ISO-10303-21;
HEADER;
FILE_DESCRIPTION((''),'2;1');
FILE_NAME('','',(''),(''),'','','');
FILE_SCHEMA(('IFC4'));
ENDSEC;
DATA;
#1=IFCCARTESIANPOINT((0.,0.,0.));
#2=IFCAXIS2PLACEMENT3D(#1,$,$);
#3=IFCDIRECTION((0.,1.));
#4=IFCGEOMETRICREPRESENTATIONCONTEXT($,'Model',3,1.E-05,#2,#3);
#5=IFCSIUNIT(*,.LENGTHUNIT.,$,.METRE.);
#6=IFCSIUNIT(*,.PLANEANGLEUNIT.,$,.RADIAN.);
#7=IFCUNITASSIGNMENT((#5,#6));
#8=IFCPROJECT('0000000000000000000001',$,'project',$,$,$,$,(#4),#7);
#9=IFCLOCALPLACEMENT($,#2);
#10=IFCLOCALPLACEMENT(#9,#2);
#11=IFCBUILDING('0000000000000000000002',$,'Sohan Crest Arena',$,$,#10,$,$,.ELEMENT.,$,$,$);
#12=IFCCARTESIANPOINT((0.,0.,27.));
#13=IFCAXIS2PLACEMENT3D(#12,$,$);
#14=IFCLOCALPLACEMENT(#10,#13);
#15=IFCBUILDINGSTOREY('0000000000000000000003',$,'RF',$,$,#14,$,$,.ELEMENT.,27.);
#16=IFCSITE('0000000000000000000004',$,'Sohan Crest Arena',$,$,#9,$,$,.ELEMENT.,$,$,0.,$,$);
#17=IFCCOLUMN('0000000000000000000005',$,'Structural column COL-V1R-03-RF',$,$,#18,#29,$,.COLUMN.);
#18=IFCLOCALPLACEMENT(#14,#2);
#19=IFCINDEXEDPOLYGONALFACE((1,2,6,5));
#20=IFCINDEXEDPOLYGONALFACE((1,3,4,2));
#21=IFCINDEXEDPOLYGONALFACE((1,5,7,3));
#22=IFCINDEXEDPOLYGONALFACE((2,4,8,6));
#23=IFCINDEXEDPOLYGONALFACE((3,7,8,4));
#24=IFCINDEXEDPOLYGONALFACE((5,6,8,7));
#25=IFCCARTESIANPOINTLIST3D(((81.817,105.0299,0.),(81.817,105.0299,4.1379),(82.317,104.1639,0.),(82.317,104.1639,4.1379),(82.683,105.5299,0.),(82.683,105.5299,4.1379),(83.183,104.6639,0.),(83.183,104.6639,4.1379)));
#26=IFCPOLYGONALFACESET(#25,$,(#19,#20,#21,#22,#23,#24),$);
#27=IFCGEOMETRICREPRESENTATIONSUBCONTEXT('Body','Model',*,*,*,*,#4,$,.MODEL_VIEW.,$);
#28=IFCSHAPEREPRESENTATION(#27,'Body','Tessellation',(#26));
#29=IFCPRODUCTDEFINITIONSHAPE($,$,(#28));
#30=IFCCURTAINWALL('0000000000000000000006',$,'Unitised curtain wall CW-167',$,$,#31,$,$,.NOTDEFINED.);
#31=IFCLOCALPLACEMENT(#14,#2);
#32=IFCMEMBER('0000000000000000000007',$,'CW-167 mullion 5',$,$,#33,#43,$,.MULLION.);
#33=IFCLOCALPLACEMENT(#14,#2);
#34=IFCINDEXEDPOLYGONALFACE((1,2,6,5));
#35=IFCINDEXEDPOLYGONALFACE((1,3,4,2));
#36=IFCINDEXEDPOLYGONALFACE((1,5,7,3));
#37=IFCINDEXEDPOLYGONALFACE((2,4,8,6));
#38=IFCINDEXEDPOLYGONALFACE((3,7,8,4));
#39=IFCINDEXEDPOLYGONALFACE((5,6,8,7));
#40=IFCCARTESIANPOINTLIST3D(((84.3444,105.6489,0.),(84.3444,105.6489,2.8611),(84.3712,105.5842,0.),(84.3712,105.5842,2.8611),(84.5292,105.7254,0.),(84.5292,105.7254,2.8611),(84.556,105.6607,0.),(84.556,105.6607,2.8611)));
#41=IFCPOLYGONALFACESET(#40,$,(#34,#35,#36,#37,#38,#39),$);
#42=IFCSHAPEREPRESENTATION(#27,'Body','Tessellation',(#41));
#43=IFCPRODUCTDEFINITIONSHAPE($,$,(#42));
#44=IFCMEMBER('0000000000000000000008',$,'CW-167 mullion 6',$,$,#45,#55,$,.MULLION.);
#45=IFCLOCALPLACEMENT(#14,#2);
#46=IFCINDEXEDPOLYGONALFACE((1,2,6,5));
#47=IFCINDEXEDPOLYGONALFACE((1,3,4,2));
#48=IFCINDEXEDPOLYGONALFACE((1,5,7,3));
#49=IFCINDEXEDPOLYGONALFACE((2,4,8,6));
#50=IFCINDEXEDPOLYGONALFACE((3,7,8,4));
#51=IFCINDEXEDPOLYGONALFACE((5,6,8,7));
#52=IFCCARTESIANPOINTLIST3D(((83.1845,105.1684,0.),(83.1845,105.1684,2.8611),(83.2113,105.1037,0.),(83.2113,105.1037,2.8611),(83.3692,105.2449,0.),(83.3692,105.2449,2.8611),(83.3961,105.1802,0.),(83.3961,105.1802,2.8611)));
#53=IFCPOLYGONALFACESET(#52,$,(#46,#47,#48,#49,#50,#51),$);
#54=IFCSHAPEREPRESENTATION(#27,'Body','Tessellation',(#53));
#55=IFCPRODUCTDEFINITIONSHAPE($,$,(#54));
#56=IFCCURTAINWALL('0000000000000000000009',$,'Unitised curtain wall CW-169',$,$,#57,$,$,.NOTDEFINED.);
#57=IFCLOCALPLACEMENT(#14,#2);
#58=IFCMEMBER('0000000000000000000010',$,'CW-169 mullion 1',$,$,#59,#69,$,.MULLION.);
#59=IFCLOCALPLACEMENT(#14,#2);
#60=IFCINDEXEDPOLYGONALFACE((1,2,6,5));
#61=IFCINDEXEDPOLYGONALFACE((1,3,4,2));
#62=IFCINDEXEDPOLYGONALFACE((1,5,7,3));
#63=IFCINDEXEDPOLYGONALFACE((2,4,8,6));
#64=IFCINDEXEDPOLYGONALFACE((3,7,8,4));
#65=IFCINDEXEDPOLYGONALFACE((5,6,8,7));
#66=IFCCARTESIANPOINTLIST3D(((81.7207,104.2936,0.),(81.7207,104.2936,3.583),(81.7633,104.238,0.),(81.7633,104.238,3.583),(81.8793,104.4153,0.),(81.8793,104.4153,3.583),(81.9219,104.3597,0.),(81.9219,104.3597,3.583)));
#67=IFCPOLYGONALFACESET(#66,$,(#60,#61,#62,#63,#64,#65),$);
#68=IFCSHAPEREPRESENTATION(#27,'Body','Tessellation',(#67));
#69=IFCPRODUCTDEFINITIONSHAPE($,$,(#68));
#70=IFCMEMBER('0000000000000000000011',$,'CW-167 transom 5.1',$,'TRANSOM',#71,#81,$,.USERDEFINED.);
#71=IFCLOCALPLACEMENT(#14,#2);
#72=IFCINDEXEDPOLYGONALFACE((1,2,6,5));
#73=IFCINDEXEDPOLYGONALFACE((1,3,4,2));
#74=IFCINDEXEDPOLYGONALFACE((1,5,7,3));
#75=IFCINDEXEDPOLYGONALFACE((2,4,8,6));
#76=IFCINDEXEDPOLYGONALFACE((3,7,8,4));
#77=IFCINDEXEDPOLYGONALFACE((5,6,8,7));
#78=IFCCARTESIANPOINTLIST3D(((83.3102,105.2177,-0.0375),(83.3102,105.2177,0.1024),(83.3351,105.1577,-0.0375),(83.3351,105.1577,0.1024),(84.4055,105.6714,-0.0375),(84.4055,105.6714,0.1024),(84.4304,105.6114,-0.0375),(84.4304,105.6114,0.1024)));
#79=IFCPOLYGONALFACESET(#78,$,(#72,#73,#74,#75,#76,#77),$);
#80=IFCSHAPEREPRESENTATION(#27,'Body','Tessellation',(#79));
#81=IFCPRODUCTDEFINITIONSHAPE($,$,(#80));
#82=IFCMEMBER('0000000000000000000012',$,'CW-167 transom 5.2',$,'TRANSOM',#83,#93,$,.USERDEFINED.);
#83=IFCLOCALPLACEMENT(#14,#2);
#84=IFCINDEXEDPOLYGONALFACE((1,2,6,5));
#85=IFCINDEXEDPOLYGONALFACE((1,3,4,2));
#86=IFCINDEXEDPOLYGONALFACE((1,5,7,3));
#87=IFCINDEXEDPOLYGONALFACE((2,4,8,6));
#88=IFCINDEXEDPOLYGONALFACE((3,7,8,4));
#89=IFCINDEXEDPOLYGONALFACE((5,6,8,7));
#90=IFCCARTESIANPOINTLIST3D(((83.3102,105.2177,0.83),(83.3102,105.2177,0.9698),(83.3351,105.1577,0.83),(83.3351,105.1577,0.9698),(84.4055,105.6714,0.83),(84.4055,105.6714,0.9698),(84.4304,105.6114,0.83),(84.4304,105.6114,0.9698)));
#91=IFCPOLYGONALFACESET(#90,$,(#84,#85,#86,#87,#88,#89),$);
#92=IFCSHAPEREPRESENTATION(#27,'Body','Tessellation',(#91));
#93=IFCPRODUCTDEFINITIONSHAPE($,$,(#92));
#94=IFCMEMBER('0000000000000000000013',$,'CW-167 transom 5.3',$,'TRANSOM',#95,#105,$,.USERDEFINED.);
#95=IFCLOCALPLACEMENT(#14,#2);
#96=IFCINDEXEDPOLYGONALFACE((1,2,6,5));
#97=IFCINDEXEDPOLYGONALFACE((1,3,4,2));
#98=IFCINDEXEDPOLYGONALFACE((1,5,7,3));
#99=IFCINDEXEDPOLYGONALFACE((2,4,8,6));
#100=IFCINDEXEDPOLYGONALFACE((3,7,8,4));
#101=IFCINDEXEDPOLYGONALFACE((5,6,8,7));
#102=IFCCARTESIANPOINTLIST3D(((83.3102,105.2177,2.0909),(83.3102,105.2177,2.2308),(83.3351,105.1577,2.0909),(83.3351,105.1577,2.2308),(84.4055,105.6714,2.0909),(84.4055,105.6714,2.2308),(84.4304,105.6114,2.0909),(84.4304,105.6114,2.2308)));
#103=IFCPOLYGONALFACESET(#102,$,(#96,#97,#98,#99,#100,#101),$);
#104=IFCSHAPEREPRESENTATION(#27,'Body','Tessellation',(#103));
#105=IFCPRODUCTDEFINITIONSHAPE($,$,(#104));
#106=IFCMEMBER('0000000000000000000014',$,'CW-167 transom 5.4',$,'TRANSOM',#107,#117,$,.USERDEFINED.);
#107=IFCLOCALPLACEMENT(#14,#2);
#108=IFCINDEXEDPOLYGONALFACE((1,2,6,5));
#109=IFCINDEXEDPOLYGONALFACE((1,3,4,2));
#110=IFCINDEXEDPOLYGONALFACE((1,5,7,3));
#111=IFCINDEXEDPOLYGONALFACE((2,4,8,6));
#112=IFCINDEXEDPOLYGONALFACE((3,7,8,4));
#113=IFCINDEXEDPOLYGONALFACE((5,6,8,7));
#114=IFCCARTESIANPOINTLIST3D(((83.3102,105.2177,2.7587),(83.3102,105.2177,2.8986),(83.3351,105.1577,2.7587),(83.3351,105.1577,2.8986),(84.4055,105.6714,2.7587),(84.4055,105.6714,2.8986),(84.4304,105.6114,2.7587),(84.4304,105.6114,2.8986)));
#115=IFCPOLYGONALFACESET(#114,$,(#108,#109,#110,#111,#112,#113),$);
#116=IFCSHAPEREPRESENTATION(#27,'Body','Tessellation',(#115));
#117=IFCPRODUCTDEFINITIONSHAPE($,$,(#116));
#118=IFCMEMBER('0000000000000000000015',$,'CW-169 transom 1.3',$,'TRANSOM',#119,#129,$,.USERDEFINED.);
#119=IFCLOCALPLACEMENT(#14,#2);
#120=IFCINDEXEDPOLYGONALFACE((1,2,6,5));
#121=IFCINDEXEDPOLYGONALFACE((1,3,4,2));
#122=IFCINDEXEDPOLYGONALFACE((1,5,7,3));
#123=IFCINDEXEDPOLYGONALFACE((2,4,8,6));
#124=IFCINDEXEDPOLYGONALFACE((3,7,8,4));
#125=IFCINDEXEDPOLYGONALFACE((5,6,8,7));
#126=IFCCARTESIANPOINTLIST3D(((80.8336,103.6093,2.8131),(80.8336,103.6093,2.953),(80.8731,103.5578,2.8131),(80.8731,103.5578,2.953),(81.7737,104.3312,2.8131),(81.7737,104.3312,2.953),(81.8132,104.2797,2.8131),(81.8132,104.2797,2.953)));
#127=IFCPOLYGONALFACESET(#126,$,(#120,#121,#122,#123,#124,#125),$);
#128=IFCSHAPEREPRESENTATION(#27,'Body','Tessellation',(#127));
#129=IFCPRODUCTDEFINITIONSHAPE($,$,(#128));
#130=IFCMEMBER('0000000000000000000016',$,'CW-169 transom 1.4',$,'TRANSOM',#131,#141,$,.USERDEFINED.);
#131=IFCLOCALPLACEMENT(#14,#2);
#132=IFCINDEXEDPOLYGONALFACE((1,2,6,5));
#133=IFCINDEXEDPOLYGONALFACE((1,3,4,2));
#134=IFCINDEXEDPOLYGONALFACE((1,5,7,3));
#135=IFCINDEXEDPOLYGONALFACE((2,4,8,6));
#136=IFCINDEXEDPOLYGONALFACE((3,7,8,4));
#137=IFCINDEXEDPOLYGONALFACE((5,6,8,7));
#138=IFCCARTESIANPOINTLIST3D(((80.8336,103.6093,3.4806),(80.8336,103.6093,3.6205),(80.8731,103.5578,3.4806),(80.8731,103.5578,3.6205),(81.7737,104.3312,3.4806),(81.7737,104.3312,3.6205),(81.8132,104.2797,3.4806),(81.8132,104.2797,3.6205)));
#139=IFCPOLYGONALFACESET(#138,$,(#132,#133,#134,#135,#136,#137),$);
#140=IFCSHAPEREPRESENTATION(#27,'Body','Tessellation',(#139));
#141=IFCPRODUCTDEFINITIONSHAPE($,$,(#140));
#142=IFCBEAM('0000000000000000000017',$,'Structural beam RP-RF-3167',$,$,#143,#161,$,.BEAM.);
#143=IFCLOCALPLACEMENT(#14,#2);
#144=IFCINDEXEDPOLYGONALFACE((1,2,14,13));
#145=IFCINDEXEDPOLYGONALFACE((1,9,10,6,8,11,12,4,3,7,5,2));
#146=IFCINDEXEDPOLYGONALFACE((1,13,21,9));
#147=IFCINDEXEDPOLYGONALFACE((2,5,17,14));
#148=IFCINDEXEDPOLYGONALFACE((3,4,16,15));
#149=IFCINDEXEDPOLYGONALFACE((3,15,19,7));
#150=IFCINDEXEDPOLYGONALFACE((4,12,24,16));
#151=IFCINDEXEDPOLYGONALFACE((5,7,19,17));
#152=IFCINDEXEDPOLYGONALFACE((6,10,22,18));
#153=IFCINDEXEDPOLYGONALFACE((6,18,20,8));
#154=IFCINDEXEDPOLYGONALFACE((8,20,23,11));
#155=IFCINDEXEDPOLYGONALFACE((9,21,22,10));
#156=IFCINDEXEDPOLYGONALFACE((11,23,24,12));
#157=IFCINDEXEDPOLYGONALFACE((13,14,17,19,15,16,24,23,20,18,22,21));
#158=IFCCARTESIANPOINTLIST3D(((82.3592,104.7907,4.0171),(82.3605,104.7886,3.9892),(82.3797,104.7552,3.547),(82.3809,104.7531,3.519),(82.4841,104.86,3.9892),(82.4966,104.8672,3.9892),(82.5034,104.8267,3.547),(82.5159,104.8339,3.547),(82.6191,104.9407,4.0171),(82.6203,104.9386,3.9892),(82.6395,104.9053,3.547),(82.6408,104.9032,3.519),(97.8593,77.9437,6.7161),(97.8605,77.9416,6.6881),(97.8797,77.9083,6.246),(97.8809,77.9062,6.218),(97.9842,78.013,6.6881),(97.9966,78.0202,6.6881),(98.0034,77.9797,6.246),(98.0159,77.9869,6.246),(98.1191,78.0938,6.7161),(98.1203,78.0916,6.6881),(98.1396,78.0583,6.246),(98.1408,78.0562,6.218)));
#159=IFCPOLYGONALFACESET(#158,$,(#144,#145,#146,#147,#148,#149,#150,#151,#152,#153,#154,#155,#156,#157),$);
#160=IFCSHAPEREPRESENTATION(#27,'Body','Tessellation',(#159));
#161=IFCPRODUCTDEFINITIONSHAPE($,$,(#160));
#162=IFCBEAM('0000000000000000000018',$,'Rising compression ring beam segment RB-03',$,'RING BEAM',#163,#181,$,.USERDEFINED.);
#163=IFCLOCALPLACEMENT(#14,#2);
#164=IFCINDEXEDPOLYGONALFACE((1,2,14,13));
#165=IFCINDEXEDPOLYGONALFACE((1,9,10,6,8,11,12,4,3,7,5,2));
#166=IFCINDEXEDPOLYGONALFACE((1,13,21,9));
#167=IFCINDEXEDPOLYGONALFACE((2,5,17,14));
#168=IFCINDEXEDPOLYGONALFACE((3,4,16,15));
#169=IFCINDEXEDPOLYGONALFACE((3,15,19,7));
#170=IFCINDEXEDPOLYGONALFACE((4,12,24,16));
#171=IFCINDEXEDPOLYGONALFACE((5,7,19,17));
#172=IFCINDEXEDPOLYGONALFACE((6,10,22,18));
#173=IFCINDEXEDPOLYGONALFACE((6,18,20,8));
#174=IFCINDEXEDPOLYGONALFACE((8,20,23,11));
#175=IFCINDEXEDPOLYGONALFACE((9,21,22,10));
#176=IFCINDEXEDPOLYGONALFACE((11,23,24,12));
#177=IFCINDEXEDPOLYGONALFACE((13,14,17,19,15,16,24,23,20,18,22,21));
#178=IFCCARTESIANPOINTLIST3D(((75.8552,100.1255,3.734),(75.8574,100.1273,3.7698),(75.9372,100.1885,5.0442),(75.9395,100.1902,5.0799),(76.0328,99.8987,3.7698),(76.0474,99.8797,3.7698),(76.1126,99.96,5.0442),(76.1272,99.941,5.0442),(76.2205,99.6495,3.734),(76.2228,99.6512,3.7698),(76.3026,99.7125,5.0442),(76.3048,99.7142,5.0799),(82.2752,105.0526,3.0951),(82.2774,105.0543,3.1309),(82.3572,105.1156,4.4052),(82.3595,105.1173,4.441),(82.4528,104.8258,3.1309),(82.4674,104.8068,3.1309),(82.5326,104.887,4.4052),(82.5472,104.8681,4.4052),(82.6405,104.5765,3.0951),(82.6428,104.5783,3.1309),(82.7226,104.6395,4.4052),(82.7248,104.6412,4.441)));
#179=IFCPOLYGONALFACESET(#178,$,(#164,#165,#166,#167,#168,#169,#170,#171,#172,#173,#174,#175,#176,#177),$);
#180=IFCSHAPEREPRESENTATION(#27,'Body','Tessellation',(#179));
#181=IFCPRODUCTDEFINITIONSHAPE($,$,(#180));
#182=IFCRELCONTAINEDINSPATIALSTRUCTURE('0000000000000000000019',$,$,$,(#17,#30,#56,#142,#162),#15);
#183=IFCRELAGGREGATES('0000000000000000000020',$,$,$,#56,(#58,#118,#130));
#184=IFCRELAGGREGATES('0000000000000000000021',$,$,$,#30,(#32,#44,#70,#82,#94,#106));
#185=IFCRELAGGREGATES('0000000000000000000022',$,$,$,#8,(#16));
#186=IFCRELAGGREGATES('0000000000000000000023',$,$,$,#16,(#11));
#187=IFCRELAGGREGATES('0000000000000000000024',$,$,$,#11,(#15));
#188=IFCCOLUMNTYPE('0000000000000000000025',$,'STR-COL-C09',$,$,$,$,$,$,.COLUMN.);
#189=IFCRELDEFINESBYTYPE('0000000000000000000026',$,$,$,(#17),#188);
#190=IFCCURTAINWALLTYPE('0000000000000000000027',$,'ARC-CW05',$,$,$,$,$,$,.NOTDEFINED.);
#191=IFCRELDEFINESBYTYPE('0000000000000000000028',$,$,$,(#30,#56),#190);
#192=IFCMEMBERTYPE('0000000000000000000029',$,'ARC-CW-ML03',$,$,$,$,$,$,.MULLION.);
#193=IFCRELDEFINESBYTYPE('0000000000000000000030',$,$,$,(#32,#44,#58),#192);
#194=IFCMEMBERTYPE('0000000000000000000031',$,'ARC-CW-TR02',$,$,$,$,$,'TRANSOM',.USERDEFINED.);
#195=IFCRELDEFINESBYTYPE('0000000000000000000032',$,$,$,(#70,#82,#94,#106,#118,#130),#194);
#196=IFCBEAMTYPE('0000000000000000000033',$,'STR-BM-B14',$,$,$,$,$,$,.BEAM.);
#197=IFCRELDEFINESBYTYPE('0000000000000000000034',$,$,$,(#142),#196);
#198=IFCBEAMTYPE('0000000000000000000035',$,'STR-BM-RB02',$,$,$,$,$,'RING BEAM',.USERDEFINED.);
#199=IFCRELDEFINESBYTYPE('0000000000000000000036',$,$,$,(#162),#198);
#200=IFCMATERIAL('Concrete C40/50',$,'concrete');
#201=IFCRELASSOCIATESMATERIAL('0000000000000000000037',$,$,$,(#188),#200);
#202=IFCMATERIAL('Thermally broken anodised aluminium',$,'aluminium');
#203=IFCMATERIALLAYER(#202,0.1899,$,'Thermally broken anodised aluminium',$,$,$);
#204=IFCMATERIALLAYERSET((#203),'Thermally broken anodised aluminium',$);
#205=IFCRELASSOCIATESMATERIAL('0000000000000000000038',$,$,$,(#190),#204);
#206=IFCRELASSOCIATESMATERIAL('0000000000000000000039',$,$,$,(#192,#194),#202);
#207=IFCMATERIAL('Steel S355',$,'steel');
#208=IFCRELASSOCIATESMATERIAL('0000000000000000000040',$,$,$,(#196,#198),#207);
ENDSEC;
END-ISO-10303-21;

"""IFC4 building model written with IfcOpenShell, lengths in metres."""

from ifc_helpers import new_model, si_unit, direction, frame, origin, origin_2d, place, context, subcontext, project, spatial, rectangle, i_section, extrude, material, layer, layer_set, material_profile, profile_set, type_object, element, aggregate, save


model = new_model("IFC4")

# Units and contexts
model_context = context("Model", 3, precision=1e-05, world=origin(), true_north=direction((0.0, 1.0)))
body_context = subcontext(model_context, "Body", "Model", "MODEL_VIEW")
ifc_project = project(units=[si_unit("LENGTHUNIT", "METRE"), si_unit("PLANEANGLEUNIT", "RADIAN")], contexts=[model_context])

# Site, building, storey
site_placement = place(None, origin())
site = spatial("IfcSite", under=ifc_project, at=site_placement, Name="Sohan Crest Arena", CompositionType="ELEMENT", RefElevation=0.0)
building_placement = place(site_placement, origin())
building = spatial("IfcBuilding", under=site, at=building_placement, Name="Sohan Crest Arena", CompositionType="ELEMENT")
storey_placement = place(building_placement, frame((0.0, 0.0, 27.0)))
storey = spatial("IfcBuildingStorey", under=building, at=storey_placement, Name="RF", CompositionType="ELEMENT", Elevation=27.0)

# Column
ifc_material_1 = material(Name="Concrete C40/50", Category="concrete")
ifc_material_profile_1 = material_profile(ifc_material_1, rectangle(XDim=1.0, YDim=1.0, at=origin_2d()), Name="RC 1000x1000")
ifc_profile_set_1 = profile_set([ifc_material_profile_1], Name="Concrete C40/50")
column_type = type_object("IfcColumnType", Name="STR-COL-C09", PredefinedType="COLUMN", material=ifc_profile_set_1)
column_placement = place(storey_placement, frame((82.5, 104.8469, 0.0), z_axis=(0.0, 0.0, 1.0), x_axis=(-0.5, 0.866025, 0.0)))
element("IfcColumn", 1, at=column_placement, inside=storey, type_object=column_type, Name="Structural column COL-V1R-03-RF", PredefinedType="COLUMN", context=body_context, shape_type="SweptSolid", body=[
    extrude(rectangle(XDim=1.0, YDim=1.0, at=origin_2d()), origin(), (0.0, 0.0, 1.0), 4.1379),
])

# Curtain wall, members
ifc_material_2 = material(Name="Thermally broken anodised aluminium", Category="aluminium")
ifc_layer_1 = layer(ifc_material_2, 0.1899, Name="Thermally broken anodised aluminium")
ifc_layer_set_1 = layer_set([ifc_layer_1], Name="Thermally broken anodised aluminium")
curtain_wall_type = type_object("IfcCurtainWallType", Name="ARC-CW05", PredefinedType="NOTDEFINED", material=ifc_layer_set_1)
curtain_wall_1_placement = place(storey_placement, origin())
curtain_wall_1 = element("IfcCurtainWall", 2, at=curtain_wall_1_placement, inside=storey, type_object=curtain_wall_type, Name="Unitised curtain wall CW-167", PredefinedType="NOTDEFINED")
ifc_material_profile_2 = material_profile(ifc_material_2, rectangle(XDim=0.0701, YDim=0.2, at=origin_2d()), Name="ALU-MULL 70x200")
ifc_profile_set_2 = profile_set([ifc_material_profile_2], Name="Thermally broken anodised aluminium")
member_type_1 = type_object("IfcMemberType", Name="ARC-CW-ML03", PredefinedType="MULLION", material=ifc_profile_set_2)
member_1_placement = place(storey_placement, frame((84.4502, 105.6548, 0.0), z_axis=(0.0, 0.0, 1.0), x_axis=(0.382667, -0.923886, 0.0)))
member_1 = element("IfcMember", 3, at=member_1_placement, type_object=member_type_1, Name="CW-167 mullion 5", PredefinedType="MULLION", context=body_context, shape_type="SweptSolid", body=[
    extrude(rectangle(XDim=0.0701, YDim=0.2, at=origin_2d()), origin(), (0.0, 0.0, 1.0), 2.8611),
])
member_2_placement = place(storey_placement, frame((83.2903, 105.1743, 0.0), z_axis=(0.0, 0.0, 1.0), x_axis=(0.382667, -0.923886, 0.0)))
member_2 = element("IfcMember", 4, at=member_2_placement, type_object=member_type_1, Name="CW-167 mullion 6", PredefinedType="MULLION", context=body_context, shape_type="SweptSolid", body=[
    extrude(rectangle(XDim=0.0701, YDim=0.2, at=origin_2d()), origin(), (0.0, 0.0, 1.0), 2.8611),
])

# Curtain wall, member
curtain_wall_2_placement = place(storey_placement, origin())
curtain_wall_2 = element("IfcCurtainWall", 5, at=curtain_wall_2_placement, inside=storey, type_object=curtain_wall_type, Name="Unitised curtain wall CW-169", PredefinedType="NOTDEFINED")
member_3_placement = place(storey_placement, frame((81.8213, 104.3267, 0.0), z_axis=(0.0, 0.0, 1.0), x_axis=(0.608939, -0.793217, 0.0)))
member_3 = element("IfcMember", 6, at=member_3_placement, type_object=member_type_1, Name="CW-169 mullion 1", PredefinedType="MULLION", context=body_context, shape_type="SweptSolid", body=[
    extrude(rectangle(XDim=0.0701, YDim=0.2, at=origin_2d()), origin(), (0.0, 0.0, 1.0), 3.583),
])

# Members
ifc_material_profile_3 = material_profile(ifc_material_2, rectangle(XDim=0.0649, YDim=0.1399, at=origin_2d()), Name="ALU-TRAN 65x140")
ifc_profile_set_3 = profile_set([ifc_material_profile_3], Name="Thermally broken anodised aluminium")
member_type_2 = type_object("IfcMemberType", Name="ARC-CW-TR02", ElementType="TRANSOM", PredefinedType="USERDEFINED", material=ifc_profile_set_3)
member_4_placement = place(storey_placement, frame((84.418, 105.6414, 0.0325), z_axis=(-0.923891, -0.382655, 0.0), x_axis=(0.382655, -0.923891, 0.0)))
member_4 = element("IfcMember", 7, at=member_4_placement, type_object=member_type_2, Name="CW-167 transom 5.1", ObjectType="TRANSOM", PredefinedType="USERDEFINED", context=body_context, shape_type="SweptSolid", body=[
    extrude(rectangle(XDim=0.0649, YDim=0.1399, at=origin_2d()), origin(), (0.0, 0.0, 1.0), 1.1855),
])
member_5_placement = place(storey_placement, frame((84.418, 105.6414, 0.8999), z_axis=(-0.923891, -0.382655, 0.0), x_axis=(0.382655, -0.923891, 0.0)))
member_5 = element("IfcMember", 8, at=member_5_placement, type_object=member_type_2, Name="CW-167 transom 5.2", ObjectType="TRANSOM", PredefinedType="USERDEFINED", context=body_context, shape_type="SweptSolid", body=[
    extrude(rectangle(XDim=0.0649, YDim=0.1399, at=origin_2d()), origin(), (0.0, 0.0, 1.0), 1.1855),
])
member_6_placement = place(storey_placement, frame((84.418, 105.6414, 2.1609), z_axis=(-0.923891, -0.382655, 0.0), x_axis=(0.382655, -0.923891, 0.0)))
member_6 = element("IfcMember", 9, at=member_6_placement, type_object=member_type_2, Name="CW-167 transom 5.3", ObjectType="TRANSOM", PredefinedType="USERDEFINED", context=body_context, shape_type="SweptSolid", body=[
    extrude(rectangle(XDim=0.0649, YDim=0.1399, at=origin_2d()), origin(), (0.0, 0.0, 1.0), 1.1855),
])
member_7_placement = place(storey_placement, frame((84.418, 105.6414, 2.8286), z_axis=(-0.923891, -0.382655, 0.0), x_axis=(0.382655, -0.923891, 0.0)))
member_7 = element("IfcMember", 10, at=member_7_placement, type_object=member_type_2, Name="CW-167 transom 5.4", ObjectType="TRANSOM", PredefinedType="USERDEFINED", context=body_context, shape_type="SweptSolid", body=[
    extrude(rectangle(XDim=0.0649, YDim=0.1399, at=origin_2d()), origin(), (0.0, 0.0, 1.0), 1.1855),
])
member_8_placement = place(storey_placement, frame((81.7935, 104.3054, 2.8831), z_axis=(-0.793152, -0.609024, 0.0), x_axis=(0.609024, -0.793152, 0.0)))
member_8 = element("IfcMember", 11, at=member_8_placement, type_object=member_type_2, Name="CW-169 transom 1.3", ObjectType="TRANSOM", PredefinedType="USERDEFINED", context=body_context, shape_type="SweptSolid", body=[
    extrude(rectangle(XDim=0.0649, YDim=0.1399, at=origin_2d()), origin(), (0.0, 0.0, 1.0), 1.1853),
])
member_9_placement = place(storey_placement, frame((81.7935, 104.3054, 3.5505), z_axis=(-0.793152, -0.609024, 0.0), x_axis=(0.609024, -0.793152, 0.0)))
member_9 = element("IfcMember", 12, at=member_9_placement, type_object=member_type_2, Name="CW-169 transom 1.4", ObjectType="TRANSOM", PredefinedType="USERDEFINED", context=body_context, shape_type="SweptSolid", body=[
    extrude(rectangle(XDim=0.0649, YDim=0.1399, at=origin_2d()), origin(), (0.0, 0.0, 1.0), 1.1853),
])
aggregate(curtain_wall_2, [member_3, member_8, member_9])

# Beams
ifc_material_3 = material(Name="Steel S355", Category="steel")
ifc_material_profile_4 = material_profile(ifc_material_3, i_section(OverallWidth=0.3, OverallDepth=0.5, WebThickness=0.0144, FlangeThickness=0.0281, at=origin_2d()), Name="HEB 500")
ifc_profile_set_4 = profile_set([ifc_material_profile_4], Name="Steel S355")
beam_type_1 = type_object("IfcBeamType", Name="STR-BM-B14", PredefinedType="BEAM", material=ifc_profile_set_4)
beam_1_placement = place(storey_placement, frame((82.5, 104.8469, 3.7681), z_axis=(0.498114, -0.862763, 0.086735), x_axis=(0.866027, 0.499998, 0.0)))
element("IfcBeam", 13, at=beam_1_placement, inside=storey, type_object=beam_type_1, Name="Structural beam RP-RF-3167", PredefinedType="BEAM", context=body_context, shape_type="SweptSolid", body=[
    extrude(i_section(OverallWidth=0.3, OverallDepth=0.5, WebThickness=0.0144, FlangeThickness=0.0281, at=origin_2d()), origin(), (0.0, 0.0, 1.0), 31.1174),
])
ifc_material_profile_5 = material_profile(ifc_material_3, i_section(OverallWidth=0.6001, OverallDepth=1.3501, WebThickness=0.0239, FlangeThickness=0.0359, at=origin_2d()), Name="PG 1350x600x24x36")
ifc_profile_set_5 = profile_set([ifc_material_profile_5], Name="Steel S355")
beam_type_2 = type_object("IfcBeamType", Name="STR-BM-RB02", ElementType="RING BEAM", PredefinedType="USERDEFINED", material=ifc_profile_set_5)
beam_2_placement = place(storey_placement, frame((82.5, 104.8469, 3.7681), z_axis=(-0.790843, -0.606937, 0.078705), x_axis=(0.608825, -0.793304, 0.0)))
element("IfcBeam", 14, at=beam_2_placement, inside=storey, type_object=beam_type_2, Name="Rising compression ring beam segment RB-03", ObjectType="RING BEAM", PredefinedType="USERDEFINED", context=body_context, shape_type="SweptSolid", body=[
    extrude(i_section(OverallWidth=0.6001, OverallDepth=1.3501, WebThickness=0.0239, FlangeThickness=0.0359, at=origin_2d()), origin(), (0.0, 0.0, 1.0), 8.1179),
])

aggregate(curtain_wall_1, [member_1, member_2, member_4, member_5, member_6, member_7])

save(model, "model.ifc")
